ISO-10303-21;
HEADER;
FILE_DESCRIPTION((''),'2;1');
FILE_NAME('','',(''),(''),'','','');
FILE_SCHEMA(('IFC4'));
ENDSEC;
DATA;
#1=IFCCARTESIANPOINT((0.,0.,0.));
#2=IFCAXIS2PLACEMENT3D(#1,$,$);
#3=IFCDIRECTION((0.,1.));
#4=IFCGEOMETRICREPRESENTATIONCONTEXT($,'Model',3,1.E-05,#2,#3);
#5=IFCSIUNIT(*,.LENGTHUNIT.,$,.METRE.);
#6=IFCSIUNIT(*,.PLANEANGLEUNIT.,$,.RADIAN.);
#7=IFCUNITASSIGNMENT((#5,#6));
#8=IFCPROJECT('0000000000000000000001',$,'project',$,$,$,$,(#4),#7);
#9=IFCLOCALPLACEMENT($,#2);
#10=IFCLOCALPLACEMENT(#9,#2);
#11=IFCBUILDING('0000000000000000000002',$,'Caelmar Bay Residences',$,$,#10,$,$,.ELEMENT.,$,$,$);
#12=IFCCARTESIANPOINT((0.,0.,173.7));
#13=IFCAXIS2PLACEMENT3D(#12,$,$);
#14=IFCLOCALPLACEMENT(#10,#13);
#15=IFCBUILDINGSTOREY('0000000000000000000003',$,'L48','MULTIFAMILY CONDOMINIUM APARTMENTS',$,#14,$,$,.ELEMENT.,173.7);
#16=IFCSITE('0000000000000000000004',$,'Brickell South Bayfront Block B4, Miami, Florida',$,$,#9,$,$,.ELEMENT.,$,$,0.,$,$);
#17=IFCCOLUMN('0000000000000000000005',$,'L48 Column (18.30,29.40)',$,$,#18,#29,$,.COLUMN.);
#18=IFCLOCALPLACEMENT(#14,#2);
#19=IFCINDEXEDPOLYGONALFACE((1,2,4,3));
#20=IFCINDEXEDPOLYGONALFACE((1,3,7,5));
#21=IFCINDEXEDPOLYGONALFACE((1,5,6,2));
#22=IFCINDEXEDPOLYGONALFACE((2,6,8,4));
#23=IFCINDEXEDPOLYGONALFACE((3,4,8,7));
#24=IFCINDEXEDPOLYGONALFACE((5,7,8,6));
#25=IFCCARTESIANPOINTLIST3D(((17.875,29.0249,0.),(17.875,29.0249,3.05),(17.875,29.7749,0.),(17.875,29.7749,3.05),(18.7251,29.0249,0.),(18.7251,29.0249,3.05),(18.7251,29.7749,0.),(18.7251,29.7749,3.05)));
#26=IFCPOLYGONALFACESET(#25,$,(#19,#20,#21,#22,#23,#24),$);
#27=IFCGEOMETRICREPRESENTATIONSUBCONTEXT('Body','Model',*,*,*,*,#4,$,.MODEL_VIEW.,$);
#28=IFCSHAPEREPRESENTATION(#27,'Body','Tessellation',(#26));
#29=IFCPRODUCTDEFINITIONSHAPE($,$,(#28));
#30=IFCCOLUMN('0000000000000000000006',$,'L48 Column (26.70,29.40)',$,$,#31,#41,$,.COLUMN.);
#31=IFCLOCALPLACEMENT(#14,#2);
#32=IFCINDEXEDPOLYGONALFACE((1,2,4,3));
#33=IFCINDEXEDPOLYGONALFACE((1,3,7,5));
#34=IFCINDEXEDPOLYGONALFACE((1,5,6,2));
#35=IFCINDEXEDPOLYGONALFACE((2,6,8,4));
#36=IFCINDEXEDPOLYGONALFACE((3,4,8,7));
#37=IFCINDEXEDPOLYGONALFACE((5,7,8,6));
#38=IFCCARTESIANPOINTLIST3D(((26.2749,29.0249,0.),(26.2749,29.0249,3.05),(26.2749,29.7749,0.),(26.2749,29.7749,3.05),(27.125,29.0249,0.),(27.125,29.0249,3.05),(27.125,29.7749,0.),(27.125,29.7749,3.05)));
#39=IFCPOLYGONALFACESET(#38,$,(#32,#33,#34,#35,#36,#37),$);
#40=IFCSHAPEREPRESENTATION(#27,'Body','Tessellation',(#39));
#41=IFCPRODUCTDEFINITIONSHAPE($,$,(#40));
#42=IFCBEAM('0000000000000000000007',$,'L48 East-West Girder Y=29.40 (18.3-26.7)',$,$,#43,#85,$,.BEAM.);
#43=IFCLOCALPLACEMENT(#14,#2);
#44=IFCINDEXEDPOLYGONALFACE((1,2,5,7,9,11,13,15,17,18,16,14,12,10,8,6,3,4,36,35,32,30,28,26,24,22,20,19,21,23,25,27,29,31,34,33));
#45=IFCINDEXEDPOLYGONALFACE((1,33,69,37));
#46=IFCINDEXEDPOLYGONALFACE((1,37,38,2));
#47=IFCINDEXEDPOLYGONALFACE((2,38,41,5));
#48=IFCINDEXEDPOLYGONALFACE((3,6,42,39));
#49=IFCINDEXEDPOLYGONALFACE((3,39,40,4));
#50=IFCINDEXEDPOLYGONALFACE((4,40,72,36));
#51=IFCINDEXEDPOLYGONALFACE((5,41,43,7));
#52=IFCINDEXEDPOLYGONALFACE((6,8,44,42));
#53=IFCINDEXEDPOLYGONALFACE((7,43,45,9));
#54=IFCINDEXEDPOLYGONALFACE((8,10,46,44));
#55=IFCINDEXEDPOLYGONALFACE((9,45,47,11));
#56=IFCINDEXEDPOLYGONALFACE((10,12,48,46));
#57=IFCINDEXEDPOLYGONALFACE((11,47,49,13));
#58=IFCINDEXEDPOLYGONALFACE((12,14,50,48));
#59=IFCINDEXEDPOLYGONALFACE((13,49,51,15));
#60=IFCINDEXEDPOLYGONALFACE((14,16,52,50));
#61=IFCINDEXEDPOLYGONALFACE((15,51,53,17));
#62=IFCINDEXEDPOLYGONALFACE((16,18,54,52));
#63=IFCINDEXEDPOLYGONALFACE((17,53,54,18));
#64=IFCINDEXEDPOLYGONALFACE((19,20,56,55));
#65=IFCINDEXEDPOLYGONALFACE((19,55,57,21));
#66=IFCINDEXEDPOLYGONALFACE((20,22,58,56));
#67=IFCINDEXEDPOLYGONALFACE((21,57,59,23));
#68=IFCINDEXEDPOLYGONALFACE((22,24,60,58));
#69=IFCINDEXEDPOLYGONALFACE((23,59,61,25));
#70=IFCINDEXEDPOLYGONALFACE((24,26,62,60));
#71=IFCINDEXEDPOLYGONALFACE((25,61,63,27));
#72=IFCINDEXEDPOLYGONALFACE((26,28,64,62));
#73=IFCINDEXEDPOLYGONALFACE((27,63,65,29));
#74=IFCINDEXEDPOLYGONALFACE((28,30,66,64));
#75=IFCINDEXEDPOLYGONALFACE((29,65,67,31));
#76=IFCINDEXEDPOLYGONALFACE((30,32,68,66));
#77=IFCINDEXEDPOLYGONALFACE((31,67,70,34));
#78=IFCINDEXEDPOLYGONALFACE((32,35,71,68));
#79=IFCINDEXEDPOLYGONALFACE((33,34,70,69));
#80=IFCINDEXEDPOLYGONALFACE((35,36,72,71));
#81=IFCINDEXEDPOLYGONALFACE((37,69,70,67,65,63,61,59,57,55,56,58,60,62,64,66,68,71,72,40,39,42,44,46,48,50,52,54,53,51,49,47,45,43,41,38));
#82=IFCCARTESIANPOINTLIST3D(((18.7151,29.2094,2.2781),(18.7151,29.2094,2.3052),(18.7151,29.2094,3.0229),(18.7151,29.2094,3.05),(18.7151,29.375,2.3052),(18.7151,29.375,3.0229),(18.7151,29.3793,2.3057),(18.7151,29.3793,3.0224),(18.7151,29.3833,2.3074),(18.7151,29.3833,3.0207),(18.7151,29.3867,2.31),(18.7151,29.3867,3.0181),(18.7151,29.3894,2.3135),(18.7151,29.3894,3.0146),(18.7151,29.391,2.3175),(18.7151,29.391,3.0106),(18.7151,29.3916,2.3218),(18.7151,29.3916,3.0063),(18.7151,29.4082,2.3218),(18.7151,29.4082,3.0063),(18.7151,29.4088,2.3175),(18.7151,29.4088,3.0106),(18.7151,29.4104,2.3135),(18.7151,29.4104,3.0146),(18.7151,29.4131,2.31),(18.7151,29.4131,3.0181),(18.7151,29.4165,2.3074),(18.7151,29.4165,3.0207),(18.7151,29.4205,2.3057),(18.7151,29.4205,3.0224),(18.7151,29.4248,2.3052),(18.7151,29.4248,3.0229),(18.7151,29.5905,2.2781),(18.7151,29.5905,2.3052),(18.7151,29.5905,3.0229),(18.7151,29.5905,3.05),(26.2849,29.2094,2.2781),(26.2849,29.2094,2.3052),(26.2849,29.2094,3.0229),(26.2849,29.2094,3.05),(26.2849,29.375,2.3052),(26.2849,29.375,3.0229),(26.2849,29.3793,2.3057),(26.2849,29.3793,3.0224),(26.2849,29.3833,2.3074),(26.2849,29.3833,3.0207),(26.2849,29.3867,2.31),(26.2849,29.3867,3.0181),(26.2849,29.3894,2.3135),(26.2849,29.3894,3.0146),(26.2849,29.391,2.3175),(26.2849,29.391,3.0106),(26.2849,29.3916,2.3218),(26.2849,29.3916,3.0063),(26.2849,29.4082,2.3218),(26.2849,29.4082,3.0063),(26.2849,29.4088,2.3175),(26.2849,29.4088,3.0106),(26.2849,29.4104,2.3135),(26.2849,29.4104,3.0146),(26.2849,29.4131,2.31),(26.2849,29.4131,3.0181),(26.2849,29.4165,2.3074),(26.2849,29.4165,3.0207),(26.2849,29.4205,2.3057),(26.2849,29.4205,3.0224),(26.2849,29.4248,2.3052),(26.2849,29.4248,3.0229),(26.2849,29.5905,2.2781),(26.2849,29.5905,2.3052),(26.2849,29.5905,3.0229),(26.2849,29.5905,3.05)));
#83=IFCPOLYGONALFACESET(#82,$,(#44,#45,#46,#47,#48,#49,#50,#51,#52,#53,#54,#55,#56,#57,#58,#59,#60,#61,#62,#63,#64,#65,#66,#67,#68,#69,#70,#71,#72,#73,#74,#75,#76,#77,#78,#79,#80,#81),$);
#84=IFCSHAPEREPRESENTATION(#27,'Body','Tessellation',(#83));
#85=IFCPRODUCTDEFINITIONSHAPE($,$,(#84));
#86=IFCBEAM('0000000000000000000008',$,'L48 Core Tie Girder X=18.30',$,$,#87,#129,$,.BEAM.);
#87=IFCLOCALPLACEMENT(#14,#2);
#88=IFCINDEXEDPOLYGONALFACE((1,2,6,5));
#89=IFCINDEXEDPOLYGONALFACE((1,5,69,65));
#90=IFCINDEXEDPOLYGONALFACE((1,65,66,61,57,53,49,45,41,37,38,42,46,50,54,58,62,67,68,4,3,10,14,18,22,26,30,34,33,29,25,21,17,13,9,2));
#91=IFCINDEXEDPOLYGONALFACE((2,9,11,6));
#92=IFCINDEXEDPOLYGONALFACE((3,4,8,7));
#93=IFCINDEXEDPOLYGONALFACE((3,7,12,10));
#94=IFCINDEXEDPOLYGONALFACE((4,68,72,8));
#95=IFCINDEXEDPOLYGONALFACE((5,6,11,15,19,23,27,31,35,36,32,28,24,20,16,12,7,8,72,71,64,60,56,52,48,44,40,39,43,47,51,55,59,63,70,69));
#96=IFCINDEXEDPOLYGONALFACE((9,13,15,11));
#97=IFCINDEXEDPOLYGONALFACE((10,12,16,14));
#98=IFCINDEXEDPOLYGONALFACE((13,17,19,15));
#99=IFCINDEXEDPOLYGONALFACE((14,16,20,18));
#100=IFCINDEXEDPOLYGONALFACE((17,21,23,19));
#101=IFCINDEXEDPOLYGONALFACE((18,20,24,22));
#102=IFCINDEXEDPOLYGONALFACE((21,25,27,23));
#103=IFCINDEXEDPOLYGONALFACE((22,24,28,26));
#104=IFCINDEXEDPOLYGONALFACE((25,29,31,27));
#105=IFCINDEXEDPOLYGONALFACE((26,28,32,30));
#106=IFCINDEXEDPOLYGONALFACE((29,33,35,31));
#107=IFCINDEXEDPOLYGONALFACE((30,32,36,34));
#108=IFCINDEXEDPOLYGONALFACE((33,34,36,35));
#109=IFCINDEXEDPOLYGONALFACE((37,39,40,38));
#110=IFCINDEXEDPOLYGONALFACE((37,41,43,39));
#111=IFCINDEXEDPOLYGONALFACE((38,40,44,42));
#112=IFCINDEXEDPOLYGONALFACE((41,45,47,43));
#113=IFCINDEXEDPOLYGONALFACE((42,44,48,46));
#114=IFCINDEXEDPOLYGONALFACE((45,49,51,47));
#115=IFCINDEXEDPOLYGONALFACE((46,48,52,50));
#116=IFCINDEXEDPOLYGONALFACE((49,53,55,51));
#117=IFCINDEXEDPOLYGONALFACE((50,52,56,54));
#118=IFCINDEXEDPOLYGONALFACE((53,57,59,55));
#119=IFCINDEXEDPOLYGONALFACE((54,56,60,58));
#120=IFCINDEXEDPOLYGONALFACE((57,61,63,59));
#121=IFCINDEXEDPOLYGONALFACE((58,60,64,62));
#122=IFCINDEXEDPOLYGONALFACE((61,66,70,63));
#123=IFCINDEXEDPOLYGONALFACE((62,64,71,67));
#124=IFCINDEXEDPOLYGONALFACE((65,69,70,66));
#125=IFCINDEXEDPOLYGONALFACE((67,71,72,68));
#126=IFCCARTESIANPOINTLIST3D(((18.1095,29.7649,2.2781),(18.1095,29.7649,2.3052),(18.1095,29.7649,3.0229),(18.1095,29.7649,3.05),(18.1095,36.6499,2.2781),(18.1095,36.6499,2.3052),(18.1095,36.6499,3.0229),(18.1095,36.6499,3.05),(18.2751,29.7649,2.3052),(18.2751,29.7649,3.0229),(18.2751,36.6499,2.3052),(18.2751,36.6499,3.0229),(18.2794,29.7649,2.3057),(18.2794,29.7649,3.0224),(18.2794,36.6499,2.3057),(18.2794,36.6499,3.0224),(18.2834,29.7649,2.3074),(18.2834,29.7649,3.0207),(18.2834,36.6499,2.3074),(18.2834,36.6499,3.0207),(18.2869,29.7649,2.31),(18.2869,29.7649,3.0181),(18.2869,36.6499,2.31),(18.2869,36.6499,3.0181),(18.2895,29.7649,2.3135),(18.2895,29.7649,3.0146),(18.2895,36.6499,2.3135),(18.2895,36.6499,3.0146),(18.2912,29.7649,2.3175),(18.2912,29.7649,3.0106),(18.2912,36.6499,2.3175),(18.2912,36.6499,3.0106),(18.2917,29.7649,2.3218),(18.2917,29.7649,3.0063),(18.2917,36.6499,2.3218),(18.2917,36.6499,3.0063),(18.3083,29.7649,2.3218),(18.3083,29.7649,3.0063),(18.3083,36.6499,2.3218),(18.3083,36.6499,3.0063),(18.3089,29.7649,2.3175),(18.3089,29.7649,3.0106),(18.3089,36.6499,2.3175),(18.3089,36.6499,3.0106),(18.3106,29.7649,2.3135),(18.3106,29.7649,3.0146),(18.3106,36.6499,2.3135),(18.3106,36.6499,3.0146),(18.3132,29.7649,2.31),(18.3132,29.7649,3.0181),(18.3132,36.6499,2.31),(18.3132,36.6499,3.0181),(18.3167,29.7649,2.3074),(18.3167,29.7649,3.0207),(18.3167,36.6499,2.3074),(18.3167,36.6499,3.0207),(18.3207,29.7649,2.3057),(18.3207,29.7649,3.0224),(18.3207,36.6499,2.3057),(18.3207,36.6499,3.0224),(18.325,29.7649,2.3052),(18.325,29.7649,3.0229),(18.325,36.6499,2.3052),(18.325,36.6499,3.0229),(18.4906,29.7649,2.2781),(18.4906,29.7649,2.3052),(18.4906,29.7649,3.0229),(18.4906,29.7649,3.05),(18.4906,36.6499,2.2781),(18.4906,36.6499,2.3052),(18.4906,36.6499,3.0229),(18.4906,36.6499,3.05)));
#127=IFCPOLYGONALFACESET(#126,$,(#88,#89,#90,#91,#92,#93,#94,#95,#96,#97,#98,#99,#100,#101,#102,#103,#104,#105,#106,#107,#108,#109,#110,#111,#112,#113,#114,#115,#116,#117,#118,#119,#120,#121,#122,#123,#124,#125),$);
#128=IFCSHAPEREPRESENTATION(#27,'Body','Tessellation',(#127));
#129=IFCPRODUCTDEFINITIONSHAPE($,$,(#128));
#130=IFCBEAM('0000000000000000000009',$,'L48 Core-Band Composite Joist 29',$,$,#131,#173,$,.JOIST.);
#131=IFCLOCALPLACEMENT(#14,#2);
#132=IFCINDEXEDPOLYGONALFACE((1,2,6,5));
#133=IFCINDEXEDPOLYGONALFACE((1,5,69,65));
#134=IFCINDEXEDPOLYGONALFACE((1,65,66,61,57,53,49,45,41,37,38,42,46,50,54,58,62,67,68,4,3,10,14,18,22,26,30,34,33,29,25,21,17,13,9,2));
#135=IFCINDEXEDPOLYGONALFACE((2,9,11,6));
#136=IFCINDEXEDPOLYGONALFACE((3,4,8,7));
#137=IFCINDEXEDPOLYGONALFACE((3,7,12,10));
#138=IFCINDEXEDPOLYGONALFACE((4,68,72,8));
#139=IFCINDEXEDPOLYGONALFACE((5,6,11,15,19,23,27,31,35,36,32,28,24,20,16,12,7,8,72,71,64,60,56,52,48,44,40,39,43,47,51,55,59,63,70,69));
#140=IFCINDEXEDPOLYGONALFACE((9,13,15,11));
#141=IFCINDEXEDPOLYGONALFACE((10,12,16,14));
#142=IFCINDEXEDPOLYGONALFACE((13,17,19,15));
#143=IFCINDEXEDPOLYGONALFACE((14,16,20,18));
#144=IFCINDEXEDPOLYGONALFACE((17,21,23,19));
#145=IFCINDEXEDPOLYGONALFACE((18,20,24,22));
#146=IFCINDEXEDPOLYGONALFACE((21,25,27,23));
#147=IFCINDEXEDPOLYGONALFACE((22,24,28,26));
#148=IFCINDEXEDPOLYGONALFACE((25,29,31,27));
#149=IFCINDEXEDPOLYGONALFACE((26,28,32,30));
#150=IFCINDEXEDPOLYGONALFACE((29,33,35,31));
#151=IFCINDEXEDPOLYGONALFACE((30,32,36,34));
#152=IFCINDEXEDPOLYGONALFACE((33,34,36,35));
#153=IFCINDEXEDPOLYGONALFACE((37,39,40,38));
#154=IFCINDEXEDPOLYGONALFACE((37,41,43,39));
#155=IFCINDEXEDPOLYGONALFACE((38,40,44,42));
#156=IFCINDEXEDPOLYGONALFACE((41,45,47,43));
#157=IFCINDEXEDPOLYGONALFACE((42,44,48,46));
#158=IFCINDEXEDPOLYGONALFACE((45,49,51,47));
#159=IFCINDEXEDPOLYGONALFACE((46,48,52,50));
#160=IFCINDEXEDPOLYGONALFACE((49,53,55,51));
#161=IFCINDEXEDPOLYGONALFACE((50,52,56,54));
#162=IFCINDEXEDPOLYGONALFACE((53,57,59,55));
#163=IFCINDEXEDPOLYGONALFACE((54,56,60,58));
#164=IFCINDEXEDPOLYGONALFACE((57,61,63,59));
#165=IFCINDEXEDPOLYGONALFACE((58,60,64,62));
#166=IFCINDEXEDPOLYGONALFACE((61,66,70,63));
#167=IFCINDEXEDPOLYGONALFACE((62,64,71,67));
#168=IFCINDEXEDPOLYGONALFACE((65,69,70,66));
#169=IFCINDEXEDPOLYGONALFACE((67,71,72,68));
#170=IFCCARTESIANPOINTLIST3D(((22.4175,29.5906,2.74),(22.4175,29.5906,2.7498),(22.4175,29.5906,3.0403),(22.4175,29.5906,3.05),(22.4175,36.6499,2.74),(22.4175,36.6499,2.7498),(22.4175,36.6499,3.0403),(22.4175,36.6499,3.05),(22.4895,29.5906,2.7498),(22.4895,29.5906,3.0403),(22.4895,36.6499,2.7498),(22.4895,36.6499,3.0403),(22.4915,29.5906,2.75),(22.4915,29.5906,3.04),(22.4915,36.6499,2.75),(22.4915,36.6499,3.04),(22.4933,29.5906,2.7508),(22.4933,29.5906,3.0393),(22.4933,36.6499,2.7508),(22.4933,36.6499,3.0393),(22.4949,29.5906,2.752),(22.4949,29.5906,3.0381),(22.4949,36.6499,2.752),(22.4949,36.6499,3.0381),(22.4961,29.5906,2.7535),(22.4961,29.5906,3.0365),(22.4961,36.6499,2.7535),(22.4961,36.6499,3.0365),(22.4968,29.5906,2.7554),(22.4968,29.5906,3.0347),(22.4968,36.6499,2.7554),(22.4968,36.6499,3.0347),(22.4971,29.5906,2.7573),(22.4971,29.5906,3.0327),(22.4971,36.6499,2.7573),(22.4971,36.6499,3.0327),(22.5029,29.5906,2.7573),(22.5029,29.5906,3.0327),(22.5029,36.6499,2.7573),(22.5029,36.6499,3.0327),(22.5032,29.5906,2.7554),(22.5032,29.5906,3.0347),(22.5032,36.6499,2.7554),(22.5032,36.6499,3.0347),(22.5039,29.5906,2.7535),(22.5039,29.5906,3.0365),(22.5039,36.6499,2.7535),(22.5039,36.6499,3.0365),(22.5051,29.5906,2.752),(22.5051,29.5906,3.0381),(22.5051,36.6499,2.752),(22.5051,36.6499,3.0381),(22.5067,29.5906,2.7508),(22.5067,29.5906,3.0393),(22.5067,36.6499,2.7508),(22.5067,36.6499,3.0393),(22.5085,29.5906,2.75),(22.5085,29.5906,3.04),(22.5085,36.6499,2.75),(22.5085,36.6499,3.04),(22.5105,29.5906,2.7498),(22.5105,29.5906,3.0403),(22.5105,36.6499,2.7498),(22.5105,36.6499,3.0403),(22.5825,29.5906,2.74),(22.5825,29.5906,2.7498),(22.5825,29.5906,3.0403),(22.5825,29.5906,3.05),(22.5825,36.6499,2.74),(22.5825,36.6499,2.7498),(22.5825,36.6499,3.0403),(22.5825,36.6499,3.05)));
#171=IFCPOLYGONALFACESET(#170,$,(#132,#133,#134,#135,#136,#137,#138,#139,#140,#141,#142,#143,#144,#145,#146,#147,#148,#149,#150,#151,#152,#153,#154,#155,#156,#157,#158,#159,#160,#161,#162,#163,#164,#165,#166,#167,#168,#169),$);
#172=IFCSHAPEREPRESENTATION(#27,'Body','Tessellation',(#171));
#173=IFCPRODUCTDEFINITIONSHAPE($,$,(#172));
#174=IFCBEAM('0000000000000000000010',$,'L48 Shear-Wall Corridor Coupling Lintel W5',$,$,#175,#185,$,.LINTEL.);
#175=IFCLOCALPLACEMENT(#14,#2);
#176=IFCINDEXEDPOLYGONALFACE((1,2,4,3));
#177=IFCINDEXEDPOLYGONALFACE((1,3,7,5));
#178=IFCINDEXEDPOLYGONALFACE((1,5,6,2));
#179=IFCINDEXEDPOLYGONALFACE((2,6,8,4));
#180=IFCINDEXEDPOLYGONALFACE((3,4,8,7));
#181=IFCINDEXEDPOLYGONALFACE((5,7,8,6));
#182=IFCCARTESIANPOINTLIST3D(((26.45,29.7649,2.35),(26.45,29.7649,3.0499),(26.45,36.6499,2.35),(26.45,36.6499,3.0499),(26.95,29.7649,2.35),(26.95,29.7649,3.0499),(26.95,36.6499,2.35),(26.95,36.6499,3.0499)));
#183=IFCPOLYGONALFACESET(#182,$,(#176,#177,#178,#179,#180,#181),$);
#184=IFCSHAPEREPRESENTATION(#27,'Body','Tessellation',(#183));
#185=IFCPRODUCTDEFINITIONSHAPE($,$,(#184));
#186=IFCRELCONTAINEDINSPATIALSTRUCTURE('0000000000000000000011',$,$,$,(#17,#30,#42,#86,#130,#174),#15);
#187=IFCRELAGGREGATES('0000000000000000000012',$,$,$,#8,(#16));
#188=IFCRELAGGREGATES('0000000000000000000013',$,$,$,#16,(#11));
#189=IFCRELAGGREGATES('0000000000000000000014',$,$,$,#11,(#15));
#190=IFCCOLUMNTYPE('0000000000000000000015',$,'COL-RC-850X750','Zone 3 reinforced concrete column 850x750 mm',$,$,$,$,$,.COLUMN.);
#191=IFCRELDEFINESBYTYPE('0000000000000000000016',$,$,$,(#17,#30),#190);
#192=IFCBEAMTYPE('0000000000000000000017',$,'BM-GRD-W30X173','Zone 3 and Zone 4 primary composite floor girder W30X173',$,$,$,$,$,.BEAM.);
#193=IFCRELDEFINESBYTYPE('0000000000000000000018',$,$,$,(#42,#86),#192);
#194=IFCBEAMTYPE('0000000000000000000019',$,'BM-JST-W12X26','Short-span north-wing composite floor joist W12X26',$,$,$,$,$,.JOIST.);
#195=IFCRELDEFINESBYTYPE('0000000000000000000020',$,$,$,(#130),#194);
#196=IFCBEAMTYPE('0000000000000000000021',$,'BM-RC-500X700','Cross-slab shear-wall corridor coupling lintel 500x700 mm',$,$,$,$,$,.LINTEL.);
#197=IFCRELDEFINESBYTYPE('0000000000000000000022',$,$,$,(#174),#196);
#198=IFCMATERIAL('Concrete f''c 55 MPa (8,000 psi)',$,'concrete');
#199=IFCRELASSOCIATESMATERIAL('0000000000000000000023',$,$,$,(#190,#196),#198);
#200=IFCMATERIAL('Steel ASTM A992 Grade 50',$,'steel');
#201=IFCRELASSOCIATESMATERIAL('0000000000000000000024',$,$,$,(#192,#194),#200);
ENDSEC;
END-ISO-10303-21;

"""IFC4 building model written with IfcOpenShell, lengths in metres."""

from ifc_helpers import new_model, si_unit, direction, frame, origin, origin_2d, place, context, subcontext, project, spatial, rectangle, i_section, extrude, material, material_profile, profile_set, type_object, element, save


model = new_model("IFC4")

# Units and contexts
model_context = context("Model", 3, precision=1e-05, world=origin(), true_north=direction((0.0, 1.0)))
body_context = subcontext(model_context, "Body", "Model", "MODEL_VIEW")
ifc_project = project(units=[si_unit("LENGTHUNIT", "METRE"), si_unit("PLANEANGLEUNIT", "RADIAN")], contexts=[model_context])

# Site, building, storey
site_placement = place(None, origin())
site = spatial("IfcSite", under=ifc_project, at=site_placement, Name="Brickell South Bayfront Block B4, Miami, Florida", CompositionType="ELEMENT", RefElevation=0.0)
building_placement = place(site_placement, origin())
building = spatial("IfcBuilding", under=site, at=building_placement, Name="Caelmar Bay Residences", CompositionType="ELEMENT")
storey_placement = place(building_placement, frame((0.0, 0.0, 173.7)))
storey = spatial("IfcBuildingStorey", under=building, at=storey_placement, Name="L48", Description="MULTIFAMILY CONDOMINIUM APARTMENTS", CompositionType="ELEMENT", Elevation=173.7)

# Columns
ifc_material_1 = material(Name="Concrete f'c 55 MPa (8,000 psi)", Category="concrete")
ifc_material_profile_1 = material_profile(ifc_material_1, rectangle(XDim=0.8501, YDim=0.75, at=origin_2d()), Name="RC-COL-850X750")
ifc_profile_set_1 = profile_set([ifc_material_profile_1], Name="Concrete f'c 55 MPa (8,000 psi)")
column_type = type_object("IfcColumnType", Name="COL-RC-850X750", Description="Zone 3 reinforced concrete column 850x750 mm", PredefinedType="COLUMN", material=ifc_profile_set_1)
for number, where, z_axis, x_axis, name in (
    (1, (18.3, 29.3999, 0.0), (0.0, 0.0, 1.0), (1.0, 0.0, 0.0), "L48 Column (18.30,29.40)"),
    (2, (26.7, 29.3999, 0.0), (0.0, 0.0, 1.0), (1.0, 0.0, 0.0), "L48 Column (26.70,29.40)"),
):
    element("IfcColumn", number, at=place(storey_placement, frame(where, z_axis=z_axis, x_axis=x_axis)), inside=storey, type_object=column_type, Name=name, PredefinedType="COLUMN", context=body_context, shape_type="SweptSolid", body=[
        extrude(rectangle(XDim=0.8501, YDim=0.75, at=origin_2d()), origin(), (0.0, 0.0, 1.0), 3.05),
    ])

# Beams
ifc_material_2 = material(Name="Steel ASTM A992 Grade 50", Category="steel")
ifc_material_profile_2 = material_profile(ifc_material_2, i_section(OverallWidth=0.3811, OverallDepth=0.772, WebThickness=0.0166, FlangeThickness=0.0271, FilletRadius=0.0166, at=origin_2d()), Name="W30X173")
ifc_profile_set_2 = profile_set([ifc_material_profile_2], Name="Steel ASTM A992 Grade 50")
beam_type_1 = type_object("IfcBeamType", Name="BM-GRD-W30X173", Description="Zone 3 and Zone 4 primary composite floor girder W30X173", PredefinedType="BEAM", material=ifc_profile_set_2)
beam_1_placement = place(storey_placement, frame((18.7151, 29.3999, 2.6641), z_axis=(1.0, 0.0, 0.0), x_axis=(0.0, 1.0, 0.0)))
element("IfcBeam", 3, at=beam_1_placement, inside=storey, type_object=beam_type_1, Name="L48 East-West Girder Y=29.40 (18.3-26.7)", PredefinedType="BEAM", context=body_context, shape_type="SweptSolid", body=[
    extrude(i_section(OverallWidth=0.3811, OverallDepth=0.772, WebThickness=0.0166, FlangeThickness=0.0271, FilletRadius=0.0166, at=origin_2d()), origin(), (0.0, 0.0, 1.0), 7.5698),
])
beam_2_placement = place(storey_placement, frame((18.3, 29.7649, 2.6641), z_axis=(0.0, 1.0, 0.0), x_axis=(-1.0, 0.0, 0.0)))
element("IfcBeam", 4, at=beam_2_placement, inside=storey, type_object=beam_type_1, Name="L48 Core Tie Girder X=18.30", PredefinedType="BEAM", context=body_context, shape_type="SweptSolid", body=[
    extrude(i_section(OverallWidth=0.3811, OverallDepth=0.772, WebThickness=0.0166, FlangeThickness=0.0271, FilletRadius=0.0166, at=origin_2d()), origin(), (0.0, 0.0, 1.0), 6.885),
])
ifc_material_profile_3 = material_profile(ifc_material_2, i_section(OverallWidth=0.165, OverallDepth=0.3101, WebThickness=0.0059, FlangeThickness=0.0098, FilletRadius=0.0076, at=origin_2d()), Name="W12X26")
ifc_profile_set_3 = profile_set([ifc_material_profile_3], Name="Steel ASTM A992 Grade 50")
beam_type_2 = type_object("IfcBeamType", Name="BM-JST-W12X26", Description="Short-span north-wing composite floor joist W12X26", PredefinedType="JOIST", material=ifc_profile_set_3)
beam_3_placement = place(storey_placement, frame((22.5, 29.5906, 2.895), z_axis=(0.0, 1.0, 0.0), x_axis=(-1.0, 0.0, 0.0)))
element("IfcBeam", 5, at=beam_3_placement, inside=storey, type_object=beam_type_2, Name="L48 Core-Band Composite Joist 29", PredefinedType="JOIST", context=body_context, shape_type="SweptSolid", body=[
    extrude(i_section(OverallWidth=0.165, OverallDepth=0.3101, WebThickness=0.0059, FlangeThickness=0.0098, FilletRadius=0.0076, at=origin_2d()), origin(), (0.0, 0.0, 1.0), 7.0593),
])
ifc_material_profile_4 = material_profile(ifc_material_1, rectangle(XDim=0.5, YDim=0.7, at=origin_2d()), Name="RC-BM-500X700")
ifc_profile_set_4 = profile_set([ifc_material_profile_4], Name="Concrete f'c 55 MPa (8,000 psi)")
beam_type_3 = type_object("IfcBeamType", Name="BM-RC-500X700", Description="Cross-slab shear-wall corridor coupling lintel 500x700 mm", PredefinedType="LINTEL", material=ifc_profile_set_4)
beam_4_placement = place(storey_placement, frame((26.7, 29.7649, 2.7), z_axis=(0.0, 1.0, 0.0), x_axis=(-1.0, 0.0, 0.0)))
element("IfcBeam", 6, at=beam_4_placement, inside=storey, type_object=beam_type_3, Name="L48 Shear-Wall Corridor Coupling Lintel W5", PredefinedType="LINTEL", context=body_context, shape_type="SweptSolid", body=[
    extrude(rectangle(XDim=0.5, YDim=0.7, at=origin_2d()), origin(), (0.0, 0.0, 1.0), 6.885),
])

save(model, "model.ifc")
